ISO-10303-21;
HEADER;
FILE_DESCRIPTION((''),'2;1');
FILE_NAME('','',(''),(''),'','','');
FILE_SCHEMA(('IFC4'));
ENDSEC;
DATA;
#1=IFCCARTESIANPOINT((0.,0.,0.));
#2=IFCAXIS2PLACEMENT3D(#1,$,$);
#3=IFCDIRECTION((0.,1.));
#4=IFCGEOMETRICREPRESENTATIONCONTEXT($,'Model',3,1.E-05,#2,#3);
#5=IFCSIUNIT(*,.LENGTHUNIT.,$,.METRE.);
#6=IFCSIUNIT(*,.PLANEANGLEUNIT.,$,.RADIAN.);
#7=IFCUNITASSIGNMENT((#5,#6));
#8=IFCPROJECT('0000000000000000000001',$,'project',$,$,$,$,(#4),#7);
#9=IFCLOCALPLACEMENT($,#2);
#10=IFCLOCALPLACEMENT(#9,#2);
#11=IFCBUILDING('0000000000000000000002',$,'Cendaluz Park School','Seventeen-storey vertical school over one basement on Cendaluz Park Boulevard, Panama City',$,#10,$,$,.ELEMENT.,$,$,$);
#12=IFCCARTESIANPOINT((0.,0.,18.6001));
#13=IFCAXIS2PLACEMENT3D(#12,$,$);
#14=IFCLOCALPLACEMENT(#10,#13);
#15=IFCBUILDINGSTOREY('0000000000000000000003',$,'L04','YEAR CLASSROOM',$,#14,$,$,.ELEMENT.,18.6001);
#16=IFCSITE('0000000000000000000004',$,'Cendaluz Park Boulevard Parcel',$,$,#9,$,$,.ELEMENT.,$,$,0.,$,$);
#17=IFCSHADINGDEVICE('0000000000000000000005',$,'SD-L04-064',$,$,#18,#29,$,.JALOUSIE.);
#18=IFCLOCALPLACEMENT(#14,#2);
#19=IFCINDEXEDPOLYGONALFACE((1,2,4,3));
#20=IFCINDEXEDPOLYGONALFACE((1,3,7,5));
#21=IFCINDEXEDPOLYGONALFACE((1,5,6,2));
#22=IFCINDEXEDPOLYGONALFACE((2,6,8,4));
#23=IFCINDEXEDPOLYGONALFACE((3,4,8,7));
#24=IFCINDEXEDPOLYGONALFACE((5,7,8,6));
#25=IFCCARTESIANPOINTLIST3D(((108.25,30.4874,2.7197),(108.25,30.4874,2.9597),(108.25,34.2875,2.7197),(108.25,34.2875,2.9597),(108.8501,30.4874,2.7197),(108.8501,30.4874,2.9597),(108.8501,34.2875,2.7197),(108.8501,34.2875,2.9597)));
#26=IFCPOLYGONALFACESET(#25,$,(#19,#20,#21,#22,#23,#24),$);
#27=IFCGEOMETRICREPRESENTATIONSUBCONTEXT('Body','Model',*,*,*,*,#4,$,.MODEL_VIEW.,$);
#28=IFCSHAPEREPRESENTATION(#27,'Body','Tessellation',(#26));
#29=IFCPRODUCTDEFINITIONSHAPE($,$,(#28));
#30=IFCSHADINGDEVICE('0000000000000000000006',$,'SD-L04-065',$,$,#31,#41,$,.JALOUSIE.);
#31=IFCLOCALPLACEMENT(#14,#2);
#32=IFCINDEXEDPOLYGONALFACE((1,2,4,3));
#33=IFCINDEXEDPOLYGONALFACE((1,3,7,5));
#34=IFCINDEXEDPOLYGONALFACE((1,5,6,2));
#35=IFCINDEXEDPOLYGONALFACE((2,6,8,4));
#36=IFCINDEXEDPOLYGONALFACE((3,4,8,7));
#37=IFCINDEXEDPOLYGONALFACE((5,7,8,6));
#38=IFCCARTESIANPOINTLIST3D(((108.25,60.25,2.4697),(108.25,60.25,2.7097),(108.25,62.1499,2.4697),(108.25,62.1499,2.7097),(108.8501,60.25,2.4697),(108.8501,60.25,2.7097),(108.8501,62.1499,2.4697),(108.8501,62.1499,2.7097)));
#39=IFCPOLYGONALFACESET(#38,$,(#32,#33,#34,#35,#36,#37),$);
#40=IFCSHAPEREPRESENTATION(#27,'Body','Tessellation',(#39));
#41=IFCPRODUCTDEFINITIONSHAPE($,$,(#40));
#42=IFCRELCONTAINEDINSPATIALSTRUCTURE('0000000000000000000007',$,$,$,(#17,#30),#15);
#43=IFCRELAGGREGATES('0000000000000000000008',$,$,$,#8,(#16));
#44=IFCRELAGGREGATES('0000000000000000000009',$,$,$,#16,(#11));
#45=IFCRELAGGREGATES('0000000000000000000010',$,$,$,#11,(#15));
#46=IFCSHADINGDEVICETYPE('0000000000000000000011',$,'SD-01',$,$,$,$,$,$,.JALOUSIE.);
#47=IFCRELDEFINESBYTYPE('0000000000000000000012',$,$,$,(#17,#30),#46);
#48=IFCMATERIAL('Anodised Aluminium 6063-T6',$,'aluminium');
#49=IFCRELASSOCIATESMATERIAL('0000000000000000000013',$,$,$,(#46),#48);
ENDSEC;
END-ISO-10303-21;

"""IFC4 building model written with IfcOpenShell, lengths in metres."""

from ifc_helpers import new_model, si_unit, direction, frame, origin, origin_2d, place, context, subcontext, project, spatial, rectangle, extrude, material, type_object, element, save


model = new_model("IFC4")

# Units and contexts
model_context = context("Model", 3, precision=1e-05, world=origin(), true_north=direction((0.0, 1.0)))
body_context = subcontext(model_context, "Body", "Model", "MODEL_VIEW")
ifc_project = project(units=[si_unit("LENGTHUNIT", "METRE"), si_unit("PLANEANGLEUNIT", "RADIAN")], contexts=[model_context])

# Site, building, storey
site_placement = place(None, origin())
site = spatial("IfcSite", under=ifc_project, at=site_placement, Name="Cendaluz Park Boulevard Parcel", CompositionType="ELEMENT", RefElevation=0.0)
building_placement = place(site_placement, origin())
building = spatial("IfcBuilding", under=site, at=building_placement, Name="Cendaluz Park School", Description="Seventeen-storey vertical school over one basement on Cendaluz Park Boulevard, Panama City", CompositionType="ELEMENT")
storey_placement = place(building_placement, frame((0.0, 0.0, 18.6001)))
storey = spatial("IfcBuildingStorey", under=building, at=storey_placement, Name="L04", Description="YEAR CLASSROOM", CompositionType="ELEMENT", Elevation=18.6001)

# Shading devices
ifc_material_1 = material(Name="Anodised Aluminium 6063-T6", Category="aluminium")
shading_device_type = type_object("IfcShadingDeviceType", Name="SD-01", PredefinedType="JALOUSIE", material=ifc_material_1)
shading_device_1_placement = place(storey_placement, frame((108.55, 32.3875, 2.7197), z_axis=(0.0, 0.0, 1.0), x_axis=(0.0, 1.0, 0.0)))
element("IfcShadingDevice", 1, at=shading_device_1_placement, inside=storey, type_object=shading_device_type, Name="SD-L04-064", PredefinedType="JALOUSIE", context=body_context, shape_type="SweptSolid", body=[
    extrude(rectangle(XDim=3.8, YDim=0.6001, at=origin_2d()), origin(), (0.0, 0.0, 1.0), 0.24),
])
shading_device_2_placement = place(storey_placement, frame((108.55, 61.2, 2.4697), z_axis=(0.0, 0.0, 1.0), x_axis=(0.0, 1.0, 0.0)))
element("IfcShadingDevice", 2, at=shading_device_2_placement, inside=storey, type_object=shading_device_type, Name="SD-L04-065", PredefinedType="JALOUSIE", context=body_context, shape_type="SweptSolid", body=[
    extrude(rectangle(XDim=1.8999, YDim=0.6001, at=origin_2d()), origin(), (0.0, 0.0, 1.0), 0.24),
])

save(model, "model.ifc")
